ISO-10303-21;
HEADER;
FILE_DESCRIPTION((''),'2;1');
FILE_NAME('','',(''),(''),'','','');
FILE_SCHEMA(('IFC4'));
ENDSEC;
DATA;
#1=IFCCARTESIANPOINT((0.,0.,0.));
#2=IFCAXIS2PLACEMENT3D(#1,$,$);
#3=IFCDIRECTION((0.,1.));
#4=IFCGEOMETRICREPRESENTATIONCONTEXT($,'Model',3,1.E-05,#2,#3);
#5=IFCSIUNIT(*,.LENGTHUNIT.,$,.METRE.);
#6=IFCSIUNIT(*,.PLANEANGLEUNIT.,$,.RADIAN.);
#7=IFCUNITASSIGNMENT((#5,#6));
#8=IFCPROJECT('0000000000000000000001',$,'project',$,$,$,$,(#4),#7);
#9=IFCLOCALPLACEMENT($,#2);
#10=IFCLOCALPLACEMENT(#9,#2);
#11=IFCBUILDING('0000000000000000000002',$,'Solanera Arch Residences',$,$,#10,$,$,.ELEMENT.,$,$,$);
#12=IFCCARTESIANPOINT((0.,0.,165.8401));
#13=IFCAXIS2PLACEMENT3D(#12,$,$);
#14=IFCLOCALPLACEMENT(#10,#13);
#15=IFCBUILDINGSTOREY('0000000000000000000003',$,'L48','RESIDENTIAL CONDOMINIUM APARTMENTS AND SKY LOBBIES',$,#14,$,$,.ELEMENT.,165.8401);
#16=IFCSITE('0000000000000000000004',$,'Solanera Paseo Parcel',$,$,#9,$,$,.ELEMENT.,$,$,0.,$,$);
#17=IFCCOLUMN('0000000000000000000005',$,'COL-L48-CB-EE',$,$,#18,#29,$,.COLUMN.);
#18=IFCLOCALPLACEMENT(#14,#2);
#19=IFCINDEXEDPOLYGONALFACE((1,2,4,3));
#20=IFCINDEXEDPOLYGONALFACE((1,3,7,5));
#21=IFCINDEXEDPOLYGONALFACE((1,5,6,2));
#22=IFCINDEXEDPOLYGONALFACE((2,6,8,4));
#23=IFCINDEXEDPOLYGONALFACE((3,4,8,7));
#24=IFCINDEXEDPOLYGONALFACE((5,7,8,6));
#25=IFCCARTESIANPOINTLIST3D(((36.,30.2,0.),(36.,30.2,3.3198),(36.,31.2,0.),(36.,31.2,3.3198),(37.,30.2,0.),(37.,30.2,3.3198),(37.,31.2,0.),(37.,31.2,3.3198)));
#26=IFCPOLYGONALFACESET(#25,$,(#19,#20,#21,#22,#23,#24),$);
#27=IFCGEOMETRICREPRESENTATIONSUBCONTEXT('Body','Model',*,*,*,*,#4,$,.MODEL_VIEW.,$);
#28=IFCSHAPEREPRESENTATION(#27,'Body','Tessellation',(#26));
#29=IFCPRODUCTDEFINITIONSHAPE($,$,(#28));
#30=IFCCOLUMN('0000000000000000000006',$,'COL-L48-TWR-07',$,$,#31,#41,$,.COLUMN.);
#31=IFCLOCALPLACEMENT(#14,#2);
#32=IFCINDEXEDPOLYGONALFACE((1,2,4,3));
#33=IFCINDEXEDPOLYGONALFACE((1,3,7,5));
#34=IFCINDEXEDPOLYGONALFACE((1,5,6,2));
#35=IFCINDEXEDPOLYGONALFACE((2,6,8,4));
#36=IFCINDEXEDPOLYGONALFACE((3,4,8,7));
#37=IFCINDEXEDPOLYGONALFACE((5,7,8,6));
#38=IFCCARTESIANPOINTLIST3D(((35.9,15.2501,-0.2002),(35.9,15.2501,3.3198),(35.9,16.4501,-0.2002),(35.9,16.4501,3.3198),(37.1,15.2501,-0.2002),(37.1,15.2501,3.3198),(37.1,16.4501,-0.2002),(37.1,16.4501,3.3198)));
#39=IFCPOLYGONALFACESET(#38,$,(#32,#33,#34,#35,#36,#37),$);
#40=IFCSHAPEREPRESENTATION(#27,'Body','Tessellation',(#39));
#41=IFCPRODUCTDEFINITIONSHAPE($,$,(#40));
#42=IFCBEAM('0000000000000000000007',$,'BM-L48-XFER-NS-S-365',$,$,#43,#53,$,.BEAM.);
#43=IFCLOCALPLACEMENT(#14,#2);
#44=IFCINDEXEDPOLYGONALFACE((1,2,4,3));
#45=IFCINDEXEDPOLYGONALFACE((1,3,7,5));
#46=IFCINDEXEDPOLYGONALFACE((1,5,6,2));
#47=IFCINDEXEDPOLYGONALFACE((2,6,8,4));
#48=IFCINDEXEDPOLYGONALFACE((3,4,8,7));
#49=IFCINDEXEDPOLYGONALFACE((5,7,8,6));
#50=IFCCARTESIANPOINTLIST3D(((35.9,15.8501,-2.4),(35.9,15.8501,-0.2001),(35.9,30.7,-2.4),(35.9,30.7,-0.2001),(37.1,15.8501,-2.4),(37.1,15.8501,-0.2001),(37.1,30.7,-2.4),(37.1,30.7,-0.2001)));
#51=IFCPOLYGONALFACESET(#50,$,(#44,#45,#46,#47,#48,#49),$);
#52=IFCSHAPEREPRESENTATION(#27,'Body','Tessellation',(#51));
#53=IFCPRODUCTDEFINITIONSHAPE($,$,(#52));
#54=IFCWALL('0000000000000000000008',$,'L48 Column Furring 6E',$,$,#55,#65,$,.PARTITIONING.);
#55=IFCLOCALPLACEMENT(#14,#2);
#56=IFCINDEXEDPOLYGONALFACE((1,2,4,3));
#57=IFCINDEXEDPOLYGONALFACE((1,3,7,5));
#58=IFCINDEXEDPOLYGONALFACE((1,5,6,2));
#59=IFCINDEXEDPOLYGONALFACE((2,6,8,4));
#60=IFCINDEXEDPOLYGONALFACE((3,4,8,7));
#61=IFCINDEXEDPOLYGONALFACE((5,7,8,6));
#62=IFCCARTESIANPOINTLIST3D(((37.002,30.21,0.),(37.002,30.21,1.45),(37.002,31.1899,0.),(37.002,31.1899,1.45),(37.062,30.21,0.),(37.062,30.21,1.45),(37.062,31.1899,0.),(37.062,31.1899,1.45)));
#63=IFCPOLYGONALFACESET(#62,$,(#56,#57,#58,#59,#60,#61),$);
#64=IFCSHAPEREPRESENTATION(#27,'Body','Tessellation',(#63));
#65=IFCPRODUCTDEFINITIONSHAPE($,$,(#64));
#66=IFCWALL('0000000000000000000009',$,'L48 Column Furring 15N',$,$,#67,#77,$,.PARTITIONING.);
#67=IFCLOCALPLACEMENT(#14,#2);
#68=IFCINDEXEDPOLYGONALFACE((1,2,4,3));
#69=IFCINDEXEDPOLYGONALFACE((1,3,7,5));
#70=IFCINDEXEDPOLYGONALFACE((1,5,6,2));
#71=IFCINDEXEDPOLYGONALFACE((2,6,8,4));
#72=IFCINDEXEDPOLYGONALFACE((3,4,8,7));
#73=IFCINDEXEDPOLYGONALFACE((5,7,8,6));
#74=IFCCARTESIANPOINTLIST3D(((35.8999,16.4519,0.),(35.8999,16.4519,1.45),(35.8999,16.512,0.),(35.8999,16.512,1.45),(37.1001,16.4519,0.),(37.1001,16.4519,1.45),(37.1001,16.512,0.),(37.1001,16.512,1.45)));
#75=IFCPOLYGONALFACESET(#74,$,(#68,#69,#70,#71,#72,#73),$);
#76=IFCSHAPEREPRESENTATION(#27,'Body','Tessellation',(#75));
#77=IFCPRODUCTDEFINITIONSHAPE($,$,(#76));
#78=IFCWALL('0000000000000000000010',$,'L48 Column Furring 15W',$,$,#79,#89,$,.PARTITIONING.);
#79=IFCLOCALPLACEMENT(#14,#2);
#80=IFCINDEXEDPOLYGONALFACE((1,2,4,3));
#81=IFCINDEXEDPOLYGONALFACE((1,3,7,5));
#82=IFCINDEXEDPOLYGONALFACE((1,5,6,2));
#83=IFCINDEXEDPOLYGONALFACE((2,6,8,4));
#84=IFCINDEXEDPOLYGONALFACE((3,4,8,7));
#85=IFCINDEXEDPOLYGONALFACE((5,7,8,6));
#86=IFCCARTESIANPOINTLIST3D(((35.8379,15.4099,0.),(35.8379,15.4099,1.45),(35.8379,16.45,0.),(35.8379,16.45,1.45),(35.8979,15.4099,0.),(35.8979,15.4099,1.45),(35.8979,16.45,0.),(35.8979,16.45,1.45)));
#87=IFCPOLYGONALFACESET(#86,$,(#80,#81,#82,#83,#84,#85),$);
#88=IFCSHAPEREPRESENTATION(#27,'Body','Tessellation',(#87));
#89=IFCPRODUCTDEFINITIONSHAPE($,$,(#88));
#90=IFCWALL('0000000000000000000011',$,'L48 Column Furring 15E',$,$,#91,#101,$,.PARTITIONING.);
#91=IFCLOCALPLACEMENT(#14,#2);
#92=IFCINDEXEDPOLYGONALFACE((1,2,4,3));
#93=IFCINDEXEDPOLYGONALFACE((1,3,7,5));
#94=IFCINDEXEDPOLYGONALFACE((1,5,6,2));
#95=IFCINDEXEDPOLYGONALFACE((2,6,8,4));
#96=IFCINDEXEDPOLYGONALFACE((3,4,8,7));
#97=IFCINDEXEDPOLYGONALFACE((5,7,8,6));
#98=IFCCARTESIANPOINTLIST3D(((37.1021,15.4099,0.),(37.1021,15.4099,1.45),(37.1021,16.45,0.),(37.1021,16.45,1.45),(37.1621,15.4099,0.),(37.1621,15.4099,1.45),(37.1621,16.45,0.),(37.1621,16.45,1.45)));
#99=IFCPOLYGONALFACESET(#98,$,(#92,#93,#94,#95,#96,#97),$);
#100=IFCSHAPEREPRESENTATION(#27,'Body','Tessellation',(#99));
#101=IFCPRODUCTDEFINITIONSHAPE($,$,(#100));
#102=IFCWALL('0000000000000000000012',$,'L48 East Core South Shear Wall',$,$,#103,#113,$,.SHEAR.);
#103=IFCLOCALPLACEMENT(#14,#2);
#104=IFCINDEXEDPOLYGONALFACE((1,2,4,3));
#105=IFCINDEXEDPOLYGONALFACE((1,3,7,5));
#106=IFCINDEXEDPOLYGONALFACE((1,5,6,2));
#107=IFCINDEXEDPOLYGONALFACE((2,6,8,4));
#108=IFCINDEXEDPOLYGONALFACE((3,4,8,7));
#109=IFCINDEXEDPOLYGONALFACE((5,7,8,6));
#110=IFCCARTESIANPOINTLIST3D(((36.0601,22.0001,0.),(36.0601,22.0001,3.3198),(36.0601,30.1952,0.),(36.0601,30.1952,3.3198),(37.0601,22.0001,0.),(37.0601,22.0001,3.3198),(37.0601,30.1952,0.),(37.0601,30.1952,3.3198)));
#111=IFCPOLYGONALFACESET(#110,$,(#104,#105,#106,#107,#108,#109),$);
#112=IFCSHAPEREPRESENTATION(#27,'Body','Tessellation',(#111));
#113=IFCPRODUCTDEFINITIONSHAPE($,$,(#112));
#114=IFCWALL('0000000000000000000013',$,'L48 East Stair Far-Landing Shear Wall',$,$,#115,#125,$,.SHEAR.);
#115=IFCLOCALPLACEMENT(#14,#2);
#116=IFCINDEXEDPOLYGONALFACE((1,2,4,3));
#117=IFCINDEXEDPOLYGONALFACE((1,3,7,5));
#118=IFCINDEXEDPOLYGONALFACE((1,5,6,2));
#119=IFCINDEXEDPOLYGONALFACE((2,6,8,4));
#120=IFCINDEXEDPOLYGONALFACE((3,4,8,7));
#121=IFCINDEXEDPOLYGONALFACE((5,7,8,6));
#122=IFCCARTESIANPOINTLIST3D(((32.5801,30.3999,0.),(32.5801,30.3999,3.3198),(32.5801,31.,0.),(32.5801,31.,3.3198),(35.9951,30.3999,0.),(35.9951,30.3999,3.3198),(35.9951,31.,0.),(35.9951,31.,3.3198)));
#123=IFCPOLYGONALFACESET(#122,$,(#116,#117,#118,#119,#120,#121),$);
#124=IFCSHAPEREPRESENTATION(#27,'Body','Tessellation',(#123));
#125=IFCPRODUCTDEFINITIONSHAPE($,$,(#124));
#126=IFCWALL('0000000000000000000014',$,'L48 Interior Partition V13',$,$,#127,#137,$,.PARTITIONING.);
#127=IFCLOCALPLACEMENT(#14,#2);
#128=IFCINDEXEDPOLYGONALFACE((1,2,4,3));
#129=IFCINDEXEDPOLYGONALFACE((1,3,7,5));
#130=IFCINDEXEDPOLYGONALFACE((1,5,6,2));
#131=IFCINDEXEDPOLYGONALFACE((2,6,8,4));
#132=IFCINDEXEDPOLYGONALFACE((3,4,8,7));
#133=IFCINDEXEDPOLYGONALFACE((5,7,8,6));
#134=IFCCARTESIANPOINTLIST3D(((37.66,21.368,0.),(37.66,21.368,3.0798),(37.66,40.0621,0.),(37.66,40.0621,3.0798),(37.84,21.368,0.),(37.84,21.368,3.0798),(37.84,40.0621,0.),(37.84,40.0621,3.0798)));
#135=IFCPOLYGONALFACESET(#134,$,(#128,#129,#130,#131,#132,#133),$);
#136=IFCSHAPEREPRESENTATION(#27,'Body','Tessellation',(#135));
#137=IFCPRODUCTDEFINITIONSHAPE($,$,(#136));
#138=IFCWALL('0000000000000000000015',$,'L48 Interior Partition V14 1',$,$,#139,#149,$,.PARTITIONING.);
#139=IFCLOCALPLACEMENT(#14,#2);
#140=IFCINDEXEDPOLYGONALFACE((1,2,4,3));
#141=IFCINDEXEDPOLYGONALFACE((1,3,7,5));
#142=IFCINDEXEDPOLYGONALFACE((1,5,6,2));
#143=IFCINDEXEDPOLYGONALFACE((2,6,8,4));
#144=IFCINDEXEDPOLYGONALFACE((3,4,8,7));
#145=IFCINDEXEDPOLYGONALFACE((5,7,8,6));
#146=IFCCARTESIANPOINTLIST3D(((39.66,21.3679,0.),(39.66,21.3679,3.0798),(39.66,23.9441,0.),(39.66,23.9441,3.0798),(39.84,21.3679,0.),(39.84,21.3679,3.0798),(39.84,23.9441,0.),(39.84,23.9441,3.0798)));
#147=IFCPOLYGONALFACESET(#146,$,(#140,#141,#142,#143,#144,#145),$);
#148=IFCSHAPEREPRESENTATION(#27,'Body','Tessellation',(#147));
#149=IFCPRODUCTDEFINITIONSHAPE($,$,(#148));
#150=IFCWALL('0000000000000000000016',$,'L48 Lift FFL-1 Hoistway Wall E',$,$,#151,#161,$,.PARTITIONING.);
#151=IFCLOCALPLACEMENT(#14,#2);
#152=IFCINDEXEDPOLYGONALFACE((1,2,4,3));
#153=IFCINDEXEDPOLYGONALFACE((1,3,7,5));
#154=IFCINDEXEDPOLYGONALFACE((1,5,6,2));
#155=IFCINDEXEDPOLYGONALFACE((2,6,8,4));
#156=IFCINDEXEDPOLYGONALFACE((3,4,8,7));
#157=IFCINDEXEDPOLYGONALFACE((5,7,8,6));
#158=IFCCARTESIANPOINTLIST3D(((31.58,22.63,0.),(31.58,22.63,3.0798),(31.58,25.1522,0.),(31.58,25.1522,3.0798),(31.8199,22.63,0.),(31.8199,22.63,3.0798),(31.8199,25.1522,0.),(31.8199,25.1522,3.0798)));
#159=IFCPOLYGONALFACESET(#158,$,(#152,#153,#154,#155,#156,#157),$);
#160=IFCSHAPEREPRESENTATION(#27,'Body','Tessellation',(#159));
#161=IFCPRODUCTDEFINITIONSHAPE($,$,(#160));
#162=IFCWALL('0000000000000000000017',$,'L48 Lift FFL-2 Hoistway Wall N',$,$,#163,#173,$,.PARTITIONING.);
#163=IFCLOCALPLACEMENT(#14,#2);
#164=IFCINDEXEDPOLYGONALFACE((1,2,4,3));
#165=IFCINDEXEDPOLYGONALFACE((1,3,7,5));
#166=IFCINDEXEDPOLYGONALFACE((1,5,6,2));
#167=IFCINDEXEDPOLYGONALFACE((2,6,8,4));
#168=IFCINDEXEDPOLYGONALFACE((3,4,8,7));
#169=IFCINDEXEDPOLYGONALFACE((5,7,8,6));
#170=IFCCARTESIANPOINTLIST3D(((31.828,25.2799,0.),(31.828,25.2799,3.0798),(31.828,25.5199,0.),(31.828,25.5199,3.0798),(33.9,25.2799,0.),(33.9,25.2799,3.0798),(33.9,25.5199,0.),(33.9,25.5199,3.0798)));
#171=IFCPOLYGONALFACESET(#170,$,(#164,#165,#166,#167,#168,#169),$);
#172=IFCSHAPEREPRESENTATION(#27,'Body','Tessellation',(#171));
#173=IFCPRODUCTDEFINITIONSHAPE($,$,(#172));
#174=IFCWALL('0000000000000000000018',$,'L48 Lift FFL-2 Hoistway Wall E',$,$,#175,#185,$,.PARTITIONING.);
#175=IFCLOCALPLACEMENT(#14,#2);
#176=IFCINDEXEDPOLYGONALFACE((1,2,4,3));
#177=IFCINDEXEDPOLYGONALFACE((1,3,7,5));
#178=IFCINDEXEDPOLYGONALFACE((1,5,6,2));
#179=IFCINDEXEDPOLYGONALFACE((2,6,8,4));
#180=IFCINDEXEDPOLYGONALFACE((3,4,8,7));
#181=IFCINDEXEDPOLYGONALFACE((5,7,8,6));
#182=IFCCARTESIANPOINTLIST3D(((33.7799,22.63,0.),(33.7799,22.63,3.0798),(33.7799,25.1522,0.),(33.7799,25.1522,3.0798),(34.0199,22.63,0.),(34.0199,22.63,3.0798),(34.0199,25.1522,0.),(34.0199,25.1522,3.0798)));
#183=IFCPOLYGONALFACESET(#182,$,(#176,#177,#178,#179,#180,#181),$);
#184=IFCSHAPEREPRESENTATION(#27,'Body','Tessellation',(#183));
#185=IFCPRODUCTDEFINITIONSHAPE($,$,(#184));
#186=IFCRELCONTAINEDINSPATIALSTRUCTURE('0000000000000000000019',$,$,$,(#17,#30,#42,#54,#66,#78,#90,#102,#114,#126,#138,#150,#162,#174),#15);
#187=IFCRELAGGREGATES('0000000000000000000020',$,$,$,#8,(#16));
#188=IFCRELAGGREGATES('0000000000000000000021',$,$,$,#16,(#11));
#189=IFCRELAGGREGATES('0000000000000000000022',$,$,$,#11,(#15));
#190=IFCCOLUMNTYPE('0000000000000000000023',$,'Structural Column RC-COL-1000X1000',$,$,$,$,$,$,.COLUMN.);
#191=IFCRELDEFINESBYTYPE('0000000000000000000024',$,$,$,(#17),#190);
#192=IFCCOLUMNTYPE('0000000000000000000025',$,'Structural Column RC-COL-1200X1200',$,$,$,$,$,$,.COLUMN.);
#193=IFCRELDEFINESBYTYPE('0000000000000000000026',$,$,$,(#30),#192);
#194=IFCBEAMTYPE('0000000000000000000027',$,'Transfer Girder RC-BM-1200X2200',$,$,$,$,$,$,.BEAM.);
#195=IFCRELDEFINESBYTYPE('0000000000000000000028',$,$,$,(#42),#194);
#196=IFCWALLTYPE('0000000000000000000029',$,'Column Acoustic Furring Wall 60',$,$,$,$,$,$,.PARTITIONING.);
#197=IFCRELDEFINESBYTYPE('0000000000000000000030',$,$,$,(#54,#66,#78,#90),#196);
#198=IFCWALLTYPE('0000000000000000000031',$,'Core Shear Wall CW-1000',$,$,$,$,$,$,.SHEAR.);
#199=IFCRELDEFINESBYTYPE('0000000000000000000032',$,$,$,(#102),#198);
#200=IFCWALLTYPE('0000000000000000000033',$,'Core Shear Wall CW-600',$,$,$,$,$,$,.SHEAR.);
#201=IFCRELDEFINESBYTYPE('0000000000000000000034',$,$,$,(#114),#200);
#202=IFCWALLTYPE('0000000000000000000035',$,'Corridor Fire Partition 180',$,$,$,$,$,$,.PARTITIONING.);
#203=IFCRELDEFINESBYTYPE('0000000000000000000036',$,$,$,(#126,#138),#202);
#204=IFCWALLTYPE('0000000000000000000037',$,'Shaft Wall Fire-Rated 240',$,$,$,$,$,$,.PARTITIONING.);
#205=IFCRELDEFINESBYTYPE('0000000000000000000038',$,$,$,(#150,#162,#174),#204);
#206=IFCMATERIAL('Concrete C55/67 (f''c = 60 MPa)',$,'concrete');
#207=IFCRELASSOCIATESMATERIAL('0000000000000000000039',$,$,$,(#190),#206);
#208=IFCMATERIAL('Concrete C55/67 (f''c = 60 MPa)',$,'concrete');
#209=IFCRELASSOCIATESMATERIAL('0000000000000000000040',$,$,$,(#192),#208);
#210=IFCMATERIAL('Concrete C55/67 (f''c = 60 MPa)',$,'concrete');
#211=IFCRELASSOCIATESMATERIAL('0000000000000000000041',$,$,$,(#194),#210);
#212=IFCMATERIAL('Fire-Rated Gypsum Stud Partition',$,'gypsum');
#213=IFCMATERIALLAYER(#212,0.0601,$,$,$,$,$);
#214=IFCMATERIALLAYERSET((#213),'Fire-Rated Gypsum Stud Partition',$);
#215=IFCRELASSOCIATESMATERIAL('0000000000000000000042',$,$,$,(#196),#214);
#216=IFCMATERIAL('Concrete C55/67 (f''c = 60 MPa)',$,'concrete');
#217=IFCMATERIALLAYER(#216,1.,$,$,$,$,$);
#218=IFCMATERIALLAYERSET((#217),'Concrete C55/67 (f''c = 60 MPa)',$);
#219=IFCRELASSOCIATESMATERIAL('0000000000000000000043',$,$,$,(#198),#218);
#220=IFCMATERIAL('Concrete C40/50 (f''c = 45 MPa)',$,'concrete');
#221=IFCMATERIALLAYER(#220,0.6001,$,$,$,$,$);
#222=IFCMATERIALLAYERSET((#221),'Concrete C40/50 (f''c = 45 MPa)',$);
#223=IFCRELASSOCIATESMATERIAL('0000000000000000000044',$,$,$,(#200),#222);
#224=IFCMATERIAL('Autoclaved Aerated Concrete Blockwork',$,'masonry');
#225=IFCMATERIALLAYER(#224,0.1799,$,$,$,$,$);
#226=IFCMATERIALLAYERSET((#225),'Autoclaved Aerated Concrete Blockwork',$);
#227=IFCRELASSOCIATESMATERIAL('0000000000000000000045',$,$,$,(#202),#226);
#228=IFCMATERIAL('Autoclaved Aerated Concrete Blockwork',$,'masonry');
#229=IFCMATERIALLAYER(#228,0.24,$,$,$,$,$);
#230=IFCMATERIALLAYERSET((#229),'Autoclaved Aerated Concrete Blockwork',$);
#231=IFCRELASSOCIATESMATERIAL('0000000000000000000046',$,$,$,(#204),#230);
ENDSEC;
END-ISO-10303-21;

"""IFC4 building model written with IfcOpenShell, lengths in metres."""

from ifc_helpers import new_model, si_unit, direction, frame, frame_2d, origin, origin_2d, place, context, subcontext, project, spatial, rectangle, extrude, material, layer, layer_set, material_profile, profile_set, type_object, element, save


model = new_model("IFC4")

# Units and contexts
model_context = context("Model", 3, precision=1e-05, world=origin(), true_north=direction((0.0, 1.0)))
body_context = subcontext(model_context, "Body", "Model", "MODEL_VIEW")
ifc_project = project(units=[si_unit("LENGTHUNIT", "METRE"), si_unit("PLANEANGLEUNIT", "RADIAN")], contexts=[model_context])

# Site, building, storey
site_placement = place(None, origin())
site = spatial("IfcSite", under=ifc_project, at=site_placement, Name="Solanera Paseo Parcel", CompositionType="ELEMENT", RefElevation=0.0)
building_placement = place(site_placement, origin())
building = spatial("IfcBuilding", under=site, at=building_placement, Name="Solanera Arch Residences", CompositionType="ELEMENT")
storey_placement = place(building_placement, frame((0.0, 0.0, 165.8401)))
storey = spatial("IfcBuildingStorey", under=building, at=storey_placement, Name="L48", Description="RESIDENTIAL CONDOMINIUM APARTMENTS AND SKY LOBBIES", CompositionType="ELEMENT", Elevation=165.8401)

# Columns
ifc_material_1 = material(Name="Concrete C55/67 (f'c = 60 MPa)", Category="concrete")
ifc_material_profile_1 = material_profile(ifc_material_1, rectangle(XDim=1.0, YDim=1.0, at=origin_2d()))
ifc_profile_set_1 = profile_set([ifc_material_profile_1], Name="Concrete C55/67 (f'c = 60 MPa)")
column_type_1 = type_object("IfcColumnType", Name="Structural Column RC-COL-1000X1000", PredefinedType="COLUMN", material=ifc_profile_set_1)
column_1_placement = place(storey_placement, frame((36.5, 30.7, 0.0), z_axis=(0.0, 0.0, 1.0), x_axis=(1.0, 0.0, 0.0)))
element("IfcColumn", 1, at=column_1_placement, inside=storey, type_object=column_type_1, Name="COL-L48-CB-EE", PredefinedType="COLUMN", context=body_context, shape_type="SweptSolid", body=[
    extrude(rectangle(XDim=1.0, YDim=1.0, at=origin_2d()), origin(), (0.0, 0.0, 1.0), 3.3198),
])
ifc_material_2 = material(Name="Concrete C55/67 (f'c = 60 MPa)", Category="concrete")
ifc_material_profile_2 = material_profile(ifc_material_2, rectangle(XDim=1.2, YDim=1.2, at=origin_2d()))
ifc_profile_set_2 = profile_set([ifc_material_profile_2], Name="Concrete C55/67 (f'c = 60 MPa)")
column_type_2 = type_object("IfcColumnType", Name="Structural Column RC-COL-1200X1200", PredefinedType="COLUMN", material=ifc_profile_set_2)
column_2_placement = place(storey_placement, frame((36.5, 15.8501, -0.2002), z_axis=(0.0, 0.0, 1.0), x_axis=(1.0, 0.0, 0.0)))
element("IfcColumn", 2, at=column_2_placement, inside=storey, type_object=column_type_2, Name="COL-L48-TWR-07", PredefinedType="COLUMN", context=body_context, shape_type="SweptSolid", body=[
    extrude(rectangle(XDim=1.2, YDim=1.2, at=origin_2d()), origin(), (0.0, 0.0, 1.0), 3.52),
])

# Beam
ifc_material_3 = material(Name="Concrete C55/67 (f'c = 60 MPa)", Category="concrete")
ifc_material_profile_3 = material_profile(ifc_material_3, rectangle(XDim=1.2, YDim=2.2, at=origin_2d()))
ifc_profile_set_3 = profile_set([ifc_material_profile_3], Name="Concrete C55/67 (f'c = 60 MPa)")
beam_type = type_object("IfcBeamType", Name="Transfer Girder RC-BM-1200X2200", PredefinedType="BEAM", material=ifc_profile_set_3)
beam_placement = place(storey_placement, frame((36.5, 15.8501, -1.3), z_axis=(0.0, 1.0, 0.0), x_axis=(-1.0, 0.0, 0.0)))
element("IfcBeam", 3, at=beam_placement, inside=storey, type_object=beam_type, Name="BM-L48-XFER-NS-S-365", PredefinedType="BEAM", context=body_context, shape_type="SweptSolid", body=[
    extrude(rectangle(XDim=1.2, YDim=2.2, at=origin_2d()), origin(), (0.0, 0.0, 1.0), 14.8499),
])

# Walls
ifc_material_4 = material(Name="Fire-Rated Gypsum Stud Partition", Category="gypsum")
ifc_layer_1 = layer(ifc_material_4, 0.0601)
ifc_layer_set_1 = layer_set([ifc_layer_1], Name="Fire-Rated Gypsum Stud Partition")
wall_type_1 = type_object("IfcWallType", Name="Column Acoustic Furring Wall 60", PredefinedType="PARTITIONING", material=ifc_layer_set_1)
wall_1_placement = place(storey_placement, frame((37.032, 30.21, 0.0), z_axis=(0.0, 0.0, 1.0), x_axis=(0.0, 1.0, 0.0)))
element("IfcWall", 4, at=wall_1_placement, inside=storey, type_object=wall_type_1, Name="L48 Column Furring 6E", PredefinedType="PARTITIONING", context=body_context, shape_type="SweptSolid", body=[
    extrude(rectangle(XDim=0.98, YDim=0.0601, at=frame_2d((0.49, 0.0))), origin(), (0.0, 0.0, 1.0), 1.45),
])
wall_2_placement = place(storey_placement, frame((35.8999, 16.4819, 0.0), z_axis=(0.0, 0.0, 1.0), x_axis=(1.0, 0.0, 0.0)))
element("IfcWall", 5, at=wall_2_placement, inside=storey, type_object=wall_type_1, Name="L48 Column Furring 15N", PredefinedType="PARTITIONING", context=body_context, shape_type="SweptSolid", body=[
    extrude(rectangle(XDim=1.2002, YDim=0.0601, at=frame_2d((0.6001, 0.0))), origin(), (0.0, 0.0, 1.0), 1.45),
])
for number, where, z_axis, x_axis, name in (
    (6, (35.8679, 15.4099, 0.0), (0.0, 0.0, 1.0), (0.0, 1.0, 0.0), "L48 Column Furring 15W"),
    (7, (37.1321, 15.4099, 0.0), (0.0, 0.0, 1.0), (0.0, 1.0, 0.0), "L48 Column Furring 15E"),
):
    element("IfcWall", number, at=place(storey_placement, frame(where, z_axis=z_axis, x_axis=x_axis)), inside=storey, type_object=wall_type_1, Name=name, PredefinedType="PARTITIONING", context=body_context, shape_type="SweptSolid", body=[
        extrude(rectangle(XDim=1.04, YDim=0.0601, at=frame_2d((0.52, 0.0))), origin(), (0.0, 0.0, 1.0), 1.45),
    ])
ifc_material_5 = material(Name="Concrete C55/67 (f'c = 60 MPa)", Category="concrete")
ifc_layer_2 = layer(ifc_material_5, 1.0)
ifc_layer_set_2 = layer_set([ifc_layer_2], Name="Concrete C55/67 (f'c = 60 MPa)")
wall_type_2 = type_object("IfcWallType", Name="Core Shear Wall CW-1000", PredefinedType="SHEAR", material=ifc_layer_set_2)
wall_3_placement = place(storey_placement, frame((36.5601, 22.0, 0.0), z_axis=(0.0, 0.0, 1.0), x_axis=(0.0, 1.0, 0.0)))
element("IfcWall", 8, at=wall_3_placement, inside=storey, type_object=wall_type_2, Name="L48 East Core South Shear Wall", PredefinedType="SHEAR", context=body_context, shape_type="SweptSolid", body=[
    extrude(rectangle(XDim=8.1951, YDim=1.0, at=frame_2d((4.0977, 0.0))), origin(), (0.0, 0.0, 1.0), 3.3198),
])
ifc_material_6 = material(Name="Concrete C40/50 (f'c = 45 MPa)", Category="concrete")
ifc_layer_3 = layer(ifc_material_6, 0.6001)
ifc_layer_set_3 = layer_set([ifc_layer_3], Name="Concrete C40/50 (f'c = 45 MPa)")
wall_type_3 = type_object("IfcWallType", Name="Core Shear Wall CW-600", PredefinedType="SHEAR", material=ifc_layer_set_3)
wall_4_placement = place(storey_placement, frame((32.5801, 30.7, 0.0), z_axis=(0.0, 0.0, 1.0), x_axis=(1.0, 0.0, 0.0)))
element("IfcWall", 9, at=wall_4_placement, inside=storey, type_object=wall_type_3, Name="L48 East Stair Far-Landing Shear Wall", PredefinedType="SHEAR", context=body_context, shape_type="SweptSolid", body=[
    extrude(rectangle(XDim=3.415, YDim=0.6001, at=frame_2d((1.7075, 0.0))), origin(), (0.0, 0.0, 1.0), 3.3198),
])
ifc_material_7 = material(Name="Autoclaved Aerated Concrete Blockwork", Category="masonry")
ifc_layer_4 = layer(ifc_material_7, 0.1799)
ifc_layer_set_4 = layer_set([ifc_layer_4], Name="Autoclaved Aerated Concrete Blockwork")
wall_type_4 = type_object("IfcWallType", Name="Corridor Fire Partition 180", PredefinedType="PARTITIONING", material=ifc_layer_set_4)
wall_5_placement = place(storey_placement, frame((37.75, 21.3679, 0.0), z_axis=(0.0, 0.0, 1.0), x_axis=(0.0, 1.0, 0.0)))
element("IfcWall", 10, at=wall_5_placement, inside=storey, type_object=wall_type_4, Name="L48 Interior Partition V13", PredefinedType="PARTITIONING", context=body_context, shape_type="SweptSolid", body=[
    extrude(rectangle(XDim=18.6941, YDim=0.1799, at=frame_2d((9.3472, 0.0))), origin(), (0.0, 0.0, 1.0), 3.0798),
])
wall_6_placement = place(storey_placement, frame((39.75, 21.3679, 0.0), z_axis=(0.0, 0.0, 1.0), x_axis=(0.0, 1.0, 0.0)))
element("IfcWall", 11, at=wall_6_placement, inside=storey, type_object=wall_type_4, Name="L48 Interior Partition V14 1", PredefinedType="PARTITIONING", context=body_context, shape_type="SweptSolid", body=[
    extrude(rectangle(XDim=2.5762, YDim=0.1799, at=frame_2d((1.2881, 0.0))), origin(), (0.0, 0.0, 1.0), 3.0798),
])

# Walls
ifc_material_8 = material(Name="Autoclaved Aerated Concrete Blockwork", Category="masonry")
ifc_layer_5 = layer(ifc_material_8, 0.24)
ifc_layer_set_5 = layer_set([ifc_layer_5], Name="Autoclaved Aerated Concrete Blockwork")
wall_type_5 = type_object("IfcWallType", Name="Shaft Wall Fire-Rated 240", PredefinedType="PARTITIONING", material=ifc_layer_set_5)
wall_7_placement = place(storey_placement, frame((31.7, 22.6299, 0.0), z_axis=(0.0, 0.0, 1.0), x_axis=(0.0, 1.0, 0.0)))
element("IfcWall", 12, at=wall_7_placement, inside=storey, type_object=wall_type_5, Name="L48 Lift FFL-1 Hoistway Wall E", PredefinedType="PARTITIONING", context=body_context, shape_type="SweptSolid", body=[
    extrude(rectangle(XDim=2.5222, YDim=0.24, at=frame_2d((1.2612, 0.0))), origin(), (0.0, 0.0, 1.0), 3.0798),
])
wall_8_placement = place(storey_placement, frame((31.8279, 25.3999, 0.0), z_axis=(0.0, 0.0, 1.0), x_axis=(1.0, 0.0, 0.0)))
element("IfcWall", 13, at=wall_8_placement, inside=storey, type_object=wall_type_5, Name="L48 Lift FFL-2 Hoistway Wall N", PredefinedType="PARTITIONING", context=body_context, shape_type="SweptSolid", body=[
    extrude(rectangle(XDim=2.072, YDim=0.24, at=frame_2d((1.0361, 0.0))), origin(), (0.0, 0.0, 1.0), 3.0798),
])
wall_9_placement = place(storey_placement, frame((33.8999, 22.6299, 0.0), z_axis=(0.0, 0.0, 1.0), x_axis=(0.0, 1.0, 0.0)))
element("IfcWall", 14, at=wall_9_placement, inside=storey, type_object=wall_type_5, Name="L48 Lift FFL-2 Hoistway Wall E", PredefinedType="PARTITIONING", context=body_context, shape_type="SweptSolid", body=[
    extrude(rectangle(XDim=2.5222, YDim=0.24, at=frame_2d((1.2612, 0.0))), origin(), (0.0, 0.0, 1.0), 3.0798),
])

save(model, "model.ifc")
